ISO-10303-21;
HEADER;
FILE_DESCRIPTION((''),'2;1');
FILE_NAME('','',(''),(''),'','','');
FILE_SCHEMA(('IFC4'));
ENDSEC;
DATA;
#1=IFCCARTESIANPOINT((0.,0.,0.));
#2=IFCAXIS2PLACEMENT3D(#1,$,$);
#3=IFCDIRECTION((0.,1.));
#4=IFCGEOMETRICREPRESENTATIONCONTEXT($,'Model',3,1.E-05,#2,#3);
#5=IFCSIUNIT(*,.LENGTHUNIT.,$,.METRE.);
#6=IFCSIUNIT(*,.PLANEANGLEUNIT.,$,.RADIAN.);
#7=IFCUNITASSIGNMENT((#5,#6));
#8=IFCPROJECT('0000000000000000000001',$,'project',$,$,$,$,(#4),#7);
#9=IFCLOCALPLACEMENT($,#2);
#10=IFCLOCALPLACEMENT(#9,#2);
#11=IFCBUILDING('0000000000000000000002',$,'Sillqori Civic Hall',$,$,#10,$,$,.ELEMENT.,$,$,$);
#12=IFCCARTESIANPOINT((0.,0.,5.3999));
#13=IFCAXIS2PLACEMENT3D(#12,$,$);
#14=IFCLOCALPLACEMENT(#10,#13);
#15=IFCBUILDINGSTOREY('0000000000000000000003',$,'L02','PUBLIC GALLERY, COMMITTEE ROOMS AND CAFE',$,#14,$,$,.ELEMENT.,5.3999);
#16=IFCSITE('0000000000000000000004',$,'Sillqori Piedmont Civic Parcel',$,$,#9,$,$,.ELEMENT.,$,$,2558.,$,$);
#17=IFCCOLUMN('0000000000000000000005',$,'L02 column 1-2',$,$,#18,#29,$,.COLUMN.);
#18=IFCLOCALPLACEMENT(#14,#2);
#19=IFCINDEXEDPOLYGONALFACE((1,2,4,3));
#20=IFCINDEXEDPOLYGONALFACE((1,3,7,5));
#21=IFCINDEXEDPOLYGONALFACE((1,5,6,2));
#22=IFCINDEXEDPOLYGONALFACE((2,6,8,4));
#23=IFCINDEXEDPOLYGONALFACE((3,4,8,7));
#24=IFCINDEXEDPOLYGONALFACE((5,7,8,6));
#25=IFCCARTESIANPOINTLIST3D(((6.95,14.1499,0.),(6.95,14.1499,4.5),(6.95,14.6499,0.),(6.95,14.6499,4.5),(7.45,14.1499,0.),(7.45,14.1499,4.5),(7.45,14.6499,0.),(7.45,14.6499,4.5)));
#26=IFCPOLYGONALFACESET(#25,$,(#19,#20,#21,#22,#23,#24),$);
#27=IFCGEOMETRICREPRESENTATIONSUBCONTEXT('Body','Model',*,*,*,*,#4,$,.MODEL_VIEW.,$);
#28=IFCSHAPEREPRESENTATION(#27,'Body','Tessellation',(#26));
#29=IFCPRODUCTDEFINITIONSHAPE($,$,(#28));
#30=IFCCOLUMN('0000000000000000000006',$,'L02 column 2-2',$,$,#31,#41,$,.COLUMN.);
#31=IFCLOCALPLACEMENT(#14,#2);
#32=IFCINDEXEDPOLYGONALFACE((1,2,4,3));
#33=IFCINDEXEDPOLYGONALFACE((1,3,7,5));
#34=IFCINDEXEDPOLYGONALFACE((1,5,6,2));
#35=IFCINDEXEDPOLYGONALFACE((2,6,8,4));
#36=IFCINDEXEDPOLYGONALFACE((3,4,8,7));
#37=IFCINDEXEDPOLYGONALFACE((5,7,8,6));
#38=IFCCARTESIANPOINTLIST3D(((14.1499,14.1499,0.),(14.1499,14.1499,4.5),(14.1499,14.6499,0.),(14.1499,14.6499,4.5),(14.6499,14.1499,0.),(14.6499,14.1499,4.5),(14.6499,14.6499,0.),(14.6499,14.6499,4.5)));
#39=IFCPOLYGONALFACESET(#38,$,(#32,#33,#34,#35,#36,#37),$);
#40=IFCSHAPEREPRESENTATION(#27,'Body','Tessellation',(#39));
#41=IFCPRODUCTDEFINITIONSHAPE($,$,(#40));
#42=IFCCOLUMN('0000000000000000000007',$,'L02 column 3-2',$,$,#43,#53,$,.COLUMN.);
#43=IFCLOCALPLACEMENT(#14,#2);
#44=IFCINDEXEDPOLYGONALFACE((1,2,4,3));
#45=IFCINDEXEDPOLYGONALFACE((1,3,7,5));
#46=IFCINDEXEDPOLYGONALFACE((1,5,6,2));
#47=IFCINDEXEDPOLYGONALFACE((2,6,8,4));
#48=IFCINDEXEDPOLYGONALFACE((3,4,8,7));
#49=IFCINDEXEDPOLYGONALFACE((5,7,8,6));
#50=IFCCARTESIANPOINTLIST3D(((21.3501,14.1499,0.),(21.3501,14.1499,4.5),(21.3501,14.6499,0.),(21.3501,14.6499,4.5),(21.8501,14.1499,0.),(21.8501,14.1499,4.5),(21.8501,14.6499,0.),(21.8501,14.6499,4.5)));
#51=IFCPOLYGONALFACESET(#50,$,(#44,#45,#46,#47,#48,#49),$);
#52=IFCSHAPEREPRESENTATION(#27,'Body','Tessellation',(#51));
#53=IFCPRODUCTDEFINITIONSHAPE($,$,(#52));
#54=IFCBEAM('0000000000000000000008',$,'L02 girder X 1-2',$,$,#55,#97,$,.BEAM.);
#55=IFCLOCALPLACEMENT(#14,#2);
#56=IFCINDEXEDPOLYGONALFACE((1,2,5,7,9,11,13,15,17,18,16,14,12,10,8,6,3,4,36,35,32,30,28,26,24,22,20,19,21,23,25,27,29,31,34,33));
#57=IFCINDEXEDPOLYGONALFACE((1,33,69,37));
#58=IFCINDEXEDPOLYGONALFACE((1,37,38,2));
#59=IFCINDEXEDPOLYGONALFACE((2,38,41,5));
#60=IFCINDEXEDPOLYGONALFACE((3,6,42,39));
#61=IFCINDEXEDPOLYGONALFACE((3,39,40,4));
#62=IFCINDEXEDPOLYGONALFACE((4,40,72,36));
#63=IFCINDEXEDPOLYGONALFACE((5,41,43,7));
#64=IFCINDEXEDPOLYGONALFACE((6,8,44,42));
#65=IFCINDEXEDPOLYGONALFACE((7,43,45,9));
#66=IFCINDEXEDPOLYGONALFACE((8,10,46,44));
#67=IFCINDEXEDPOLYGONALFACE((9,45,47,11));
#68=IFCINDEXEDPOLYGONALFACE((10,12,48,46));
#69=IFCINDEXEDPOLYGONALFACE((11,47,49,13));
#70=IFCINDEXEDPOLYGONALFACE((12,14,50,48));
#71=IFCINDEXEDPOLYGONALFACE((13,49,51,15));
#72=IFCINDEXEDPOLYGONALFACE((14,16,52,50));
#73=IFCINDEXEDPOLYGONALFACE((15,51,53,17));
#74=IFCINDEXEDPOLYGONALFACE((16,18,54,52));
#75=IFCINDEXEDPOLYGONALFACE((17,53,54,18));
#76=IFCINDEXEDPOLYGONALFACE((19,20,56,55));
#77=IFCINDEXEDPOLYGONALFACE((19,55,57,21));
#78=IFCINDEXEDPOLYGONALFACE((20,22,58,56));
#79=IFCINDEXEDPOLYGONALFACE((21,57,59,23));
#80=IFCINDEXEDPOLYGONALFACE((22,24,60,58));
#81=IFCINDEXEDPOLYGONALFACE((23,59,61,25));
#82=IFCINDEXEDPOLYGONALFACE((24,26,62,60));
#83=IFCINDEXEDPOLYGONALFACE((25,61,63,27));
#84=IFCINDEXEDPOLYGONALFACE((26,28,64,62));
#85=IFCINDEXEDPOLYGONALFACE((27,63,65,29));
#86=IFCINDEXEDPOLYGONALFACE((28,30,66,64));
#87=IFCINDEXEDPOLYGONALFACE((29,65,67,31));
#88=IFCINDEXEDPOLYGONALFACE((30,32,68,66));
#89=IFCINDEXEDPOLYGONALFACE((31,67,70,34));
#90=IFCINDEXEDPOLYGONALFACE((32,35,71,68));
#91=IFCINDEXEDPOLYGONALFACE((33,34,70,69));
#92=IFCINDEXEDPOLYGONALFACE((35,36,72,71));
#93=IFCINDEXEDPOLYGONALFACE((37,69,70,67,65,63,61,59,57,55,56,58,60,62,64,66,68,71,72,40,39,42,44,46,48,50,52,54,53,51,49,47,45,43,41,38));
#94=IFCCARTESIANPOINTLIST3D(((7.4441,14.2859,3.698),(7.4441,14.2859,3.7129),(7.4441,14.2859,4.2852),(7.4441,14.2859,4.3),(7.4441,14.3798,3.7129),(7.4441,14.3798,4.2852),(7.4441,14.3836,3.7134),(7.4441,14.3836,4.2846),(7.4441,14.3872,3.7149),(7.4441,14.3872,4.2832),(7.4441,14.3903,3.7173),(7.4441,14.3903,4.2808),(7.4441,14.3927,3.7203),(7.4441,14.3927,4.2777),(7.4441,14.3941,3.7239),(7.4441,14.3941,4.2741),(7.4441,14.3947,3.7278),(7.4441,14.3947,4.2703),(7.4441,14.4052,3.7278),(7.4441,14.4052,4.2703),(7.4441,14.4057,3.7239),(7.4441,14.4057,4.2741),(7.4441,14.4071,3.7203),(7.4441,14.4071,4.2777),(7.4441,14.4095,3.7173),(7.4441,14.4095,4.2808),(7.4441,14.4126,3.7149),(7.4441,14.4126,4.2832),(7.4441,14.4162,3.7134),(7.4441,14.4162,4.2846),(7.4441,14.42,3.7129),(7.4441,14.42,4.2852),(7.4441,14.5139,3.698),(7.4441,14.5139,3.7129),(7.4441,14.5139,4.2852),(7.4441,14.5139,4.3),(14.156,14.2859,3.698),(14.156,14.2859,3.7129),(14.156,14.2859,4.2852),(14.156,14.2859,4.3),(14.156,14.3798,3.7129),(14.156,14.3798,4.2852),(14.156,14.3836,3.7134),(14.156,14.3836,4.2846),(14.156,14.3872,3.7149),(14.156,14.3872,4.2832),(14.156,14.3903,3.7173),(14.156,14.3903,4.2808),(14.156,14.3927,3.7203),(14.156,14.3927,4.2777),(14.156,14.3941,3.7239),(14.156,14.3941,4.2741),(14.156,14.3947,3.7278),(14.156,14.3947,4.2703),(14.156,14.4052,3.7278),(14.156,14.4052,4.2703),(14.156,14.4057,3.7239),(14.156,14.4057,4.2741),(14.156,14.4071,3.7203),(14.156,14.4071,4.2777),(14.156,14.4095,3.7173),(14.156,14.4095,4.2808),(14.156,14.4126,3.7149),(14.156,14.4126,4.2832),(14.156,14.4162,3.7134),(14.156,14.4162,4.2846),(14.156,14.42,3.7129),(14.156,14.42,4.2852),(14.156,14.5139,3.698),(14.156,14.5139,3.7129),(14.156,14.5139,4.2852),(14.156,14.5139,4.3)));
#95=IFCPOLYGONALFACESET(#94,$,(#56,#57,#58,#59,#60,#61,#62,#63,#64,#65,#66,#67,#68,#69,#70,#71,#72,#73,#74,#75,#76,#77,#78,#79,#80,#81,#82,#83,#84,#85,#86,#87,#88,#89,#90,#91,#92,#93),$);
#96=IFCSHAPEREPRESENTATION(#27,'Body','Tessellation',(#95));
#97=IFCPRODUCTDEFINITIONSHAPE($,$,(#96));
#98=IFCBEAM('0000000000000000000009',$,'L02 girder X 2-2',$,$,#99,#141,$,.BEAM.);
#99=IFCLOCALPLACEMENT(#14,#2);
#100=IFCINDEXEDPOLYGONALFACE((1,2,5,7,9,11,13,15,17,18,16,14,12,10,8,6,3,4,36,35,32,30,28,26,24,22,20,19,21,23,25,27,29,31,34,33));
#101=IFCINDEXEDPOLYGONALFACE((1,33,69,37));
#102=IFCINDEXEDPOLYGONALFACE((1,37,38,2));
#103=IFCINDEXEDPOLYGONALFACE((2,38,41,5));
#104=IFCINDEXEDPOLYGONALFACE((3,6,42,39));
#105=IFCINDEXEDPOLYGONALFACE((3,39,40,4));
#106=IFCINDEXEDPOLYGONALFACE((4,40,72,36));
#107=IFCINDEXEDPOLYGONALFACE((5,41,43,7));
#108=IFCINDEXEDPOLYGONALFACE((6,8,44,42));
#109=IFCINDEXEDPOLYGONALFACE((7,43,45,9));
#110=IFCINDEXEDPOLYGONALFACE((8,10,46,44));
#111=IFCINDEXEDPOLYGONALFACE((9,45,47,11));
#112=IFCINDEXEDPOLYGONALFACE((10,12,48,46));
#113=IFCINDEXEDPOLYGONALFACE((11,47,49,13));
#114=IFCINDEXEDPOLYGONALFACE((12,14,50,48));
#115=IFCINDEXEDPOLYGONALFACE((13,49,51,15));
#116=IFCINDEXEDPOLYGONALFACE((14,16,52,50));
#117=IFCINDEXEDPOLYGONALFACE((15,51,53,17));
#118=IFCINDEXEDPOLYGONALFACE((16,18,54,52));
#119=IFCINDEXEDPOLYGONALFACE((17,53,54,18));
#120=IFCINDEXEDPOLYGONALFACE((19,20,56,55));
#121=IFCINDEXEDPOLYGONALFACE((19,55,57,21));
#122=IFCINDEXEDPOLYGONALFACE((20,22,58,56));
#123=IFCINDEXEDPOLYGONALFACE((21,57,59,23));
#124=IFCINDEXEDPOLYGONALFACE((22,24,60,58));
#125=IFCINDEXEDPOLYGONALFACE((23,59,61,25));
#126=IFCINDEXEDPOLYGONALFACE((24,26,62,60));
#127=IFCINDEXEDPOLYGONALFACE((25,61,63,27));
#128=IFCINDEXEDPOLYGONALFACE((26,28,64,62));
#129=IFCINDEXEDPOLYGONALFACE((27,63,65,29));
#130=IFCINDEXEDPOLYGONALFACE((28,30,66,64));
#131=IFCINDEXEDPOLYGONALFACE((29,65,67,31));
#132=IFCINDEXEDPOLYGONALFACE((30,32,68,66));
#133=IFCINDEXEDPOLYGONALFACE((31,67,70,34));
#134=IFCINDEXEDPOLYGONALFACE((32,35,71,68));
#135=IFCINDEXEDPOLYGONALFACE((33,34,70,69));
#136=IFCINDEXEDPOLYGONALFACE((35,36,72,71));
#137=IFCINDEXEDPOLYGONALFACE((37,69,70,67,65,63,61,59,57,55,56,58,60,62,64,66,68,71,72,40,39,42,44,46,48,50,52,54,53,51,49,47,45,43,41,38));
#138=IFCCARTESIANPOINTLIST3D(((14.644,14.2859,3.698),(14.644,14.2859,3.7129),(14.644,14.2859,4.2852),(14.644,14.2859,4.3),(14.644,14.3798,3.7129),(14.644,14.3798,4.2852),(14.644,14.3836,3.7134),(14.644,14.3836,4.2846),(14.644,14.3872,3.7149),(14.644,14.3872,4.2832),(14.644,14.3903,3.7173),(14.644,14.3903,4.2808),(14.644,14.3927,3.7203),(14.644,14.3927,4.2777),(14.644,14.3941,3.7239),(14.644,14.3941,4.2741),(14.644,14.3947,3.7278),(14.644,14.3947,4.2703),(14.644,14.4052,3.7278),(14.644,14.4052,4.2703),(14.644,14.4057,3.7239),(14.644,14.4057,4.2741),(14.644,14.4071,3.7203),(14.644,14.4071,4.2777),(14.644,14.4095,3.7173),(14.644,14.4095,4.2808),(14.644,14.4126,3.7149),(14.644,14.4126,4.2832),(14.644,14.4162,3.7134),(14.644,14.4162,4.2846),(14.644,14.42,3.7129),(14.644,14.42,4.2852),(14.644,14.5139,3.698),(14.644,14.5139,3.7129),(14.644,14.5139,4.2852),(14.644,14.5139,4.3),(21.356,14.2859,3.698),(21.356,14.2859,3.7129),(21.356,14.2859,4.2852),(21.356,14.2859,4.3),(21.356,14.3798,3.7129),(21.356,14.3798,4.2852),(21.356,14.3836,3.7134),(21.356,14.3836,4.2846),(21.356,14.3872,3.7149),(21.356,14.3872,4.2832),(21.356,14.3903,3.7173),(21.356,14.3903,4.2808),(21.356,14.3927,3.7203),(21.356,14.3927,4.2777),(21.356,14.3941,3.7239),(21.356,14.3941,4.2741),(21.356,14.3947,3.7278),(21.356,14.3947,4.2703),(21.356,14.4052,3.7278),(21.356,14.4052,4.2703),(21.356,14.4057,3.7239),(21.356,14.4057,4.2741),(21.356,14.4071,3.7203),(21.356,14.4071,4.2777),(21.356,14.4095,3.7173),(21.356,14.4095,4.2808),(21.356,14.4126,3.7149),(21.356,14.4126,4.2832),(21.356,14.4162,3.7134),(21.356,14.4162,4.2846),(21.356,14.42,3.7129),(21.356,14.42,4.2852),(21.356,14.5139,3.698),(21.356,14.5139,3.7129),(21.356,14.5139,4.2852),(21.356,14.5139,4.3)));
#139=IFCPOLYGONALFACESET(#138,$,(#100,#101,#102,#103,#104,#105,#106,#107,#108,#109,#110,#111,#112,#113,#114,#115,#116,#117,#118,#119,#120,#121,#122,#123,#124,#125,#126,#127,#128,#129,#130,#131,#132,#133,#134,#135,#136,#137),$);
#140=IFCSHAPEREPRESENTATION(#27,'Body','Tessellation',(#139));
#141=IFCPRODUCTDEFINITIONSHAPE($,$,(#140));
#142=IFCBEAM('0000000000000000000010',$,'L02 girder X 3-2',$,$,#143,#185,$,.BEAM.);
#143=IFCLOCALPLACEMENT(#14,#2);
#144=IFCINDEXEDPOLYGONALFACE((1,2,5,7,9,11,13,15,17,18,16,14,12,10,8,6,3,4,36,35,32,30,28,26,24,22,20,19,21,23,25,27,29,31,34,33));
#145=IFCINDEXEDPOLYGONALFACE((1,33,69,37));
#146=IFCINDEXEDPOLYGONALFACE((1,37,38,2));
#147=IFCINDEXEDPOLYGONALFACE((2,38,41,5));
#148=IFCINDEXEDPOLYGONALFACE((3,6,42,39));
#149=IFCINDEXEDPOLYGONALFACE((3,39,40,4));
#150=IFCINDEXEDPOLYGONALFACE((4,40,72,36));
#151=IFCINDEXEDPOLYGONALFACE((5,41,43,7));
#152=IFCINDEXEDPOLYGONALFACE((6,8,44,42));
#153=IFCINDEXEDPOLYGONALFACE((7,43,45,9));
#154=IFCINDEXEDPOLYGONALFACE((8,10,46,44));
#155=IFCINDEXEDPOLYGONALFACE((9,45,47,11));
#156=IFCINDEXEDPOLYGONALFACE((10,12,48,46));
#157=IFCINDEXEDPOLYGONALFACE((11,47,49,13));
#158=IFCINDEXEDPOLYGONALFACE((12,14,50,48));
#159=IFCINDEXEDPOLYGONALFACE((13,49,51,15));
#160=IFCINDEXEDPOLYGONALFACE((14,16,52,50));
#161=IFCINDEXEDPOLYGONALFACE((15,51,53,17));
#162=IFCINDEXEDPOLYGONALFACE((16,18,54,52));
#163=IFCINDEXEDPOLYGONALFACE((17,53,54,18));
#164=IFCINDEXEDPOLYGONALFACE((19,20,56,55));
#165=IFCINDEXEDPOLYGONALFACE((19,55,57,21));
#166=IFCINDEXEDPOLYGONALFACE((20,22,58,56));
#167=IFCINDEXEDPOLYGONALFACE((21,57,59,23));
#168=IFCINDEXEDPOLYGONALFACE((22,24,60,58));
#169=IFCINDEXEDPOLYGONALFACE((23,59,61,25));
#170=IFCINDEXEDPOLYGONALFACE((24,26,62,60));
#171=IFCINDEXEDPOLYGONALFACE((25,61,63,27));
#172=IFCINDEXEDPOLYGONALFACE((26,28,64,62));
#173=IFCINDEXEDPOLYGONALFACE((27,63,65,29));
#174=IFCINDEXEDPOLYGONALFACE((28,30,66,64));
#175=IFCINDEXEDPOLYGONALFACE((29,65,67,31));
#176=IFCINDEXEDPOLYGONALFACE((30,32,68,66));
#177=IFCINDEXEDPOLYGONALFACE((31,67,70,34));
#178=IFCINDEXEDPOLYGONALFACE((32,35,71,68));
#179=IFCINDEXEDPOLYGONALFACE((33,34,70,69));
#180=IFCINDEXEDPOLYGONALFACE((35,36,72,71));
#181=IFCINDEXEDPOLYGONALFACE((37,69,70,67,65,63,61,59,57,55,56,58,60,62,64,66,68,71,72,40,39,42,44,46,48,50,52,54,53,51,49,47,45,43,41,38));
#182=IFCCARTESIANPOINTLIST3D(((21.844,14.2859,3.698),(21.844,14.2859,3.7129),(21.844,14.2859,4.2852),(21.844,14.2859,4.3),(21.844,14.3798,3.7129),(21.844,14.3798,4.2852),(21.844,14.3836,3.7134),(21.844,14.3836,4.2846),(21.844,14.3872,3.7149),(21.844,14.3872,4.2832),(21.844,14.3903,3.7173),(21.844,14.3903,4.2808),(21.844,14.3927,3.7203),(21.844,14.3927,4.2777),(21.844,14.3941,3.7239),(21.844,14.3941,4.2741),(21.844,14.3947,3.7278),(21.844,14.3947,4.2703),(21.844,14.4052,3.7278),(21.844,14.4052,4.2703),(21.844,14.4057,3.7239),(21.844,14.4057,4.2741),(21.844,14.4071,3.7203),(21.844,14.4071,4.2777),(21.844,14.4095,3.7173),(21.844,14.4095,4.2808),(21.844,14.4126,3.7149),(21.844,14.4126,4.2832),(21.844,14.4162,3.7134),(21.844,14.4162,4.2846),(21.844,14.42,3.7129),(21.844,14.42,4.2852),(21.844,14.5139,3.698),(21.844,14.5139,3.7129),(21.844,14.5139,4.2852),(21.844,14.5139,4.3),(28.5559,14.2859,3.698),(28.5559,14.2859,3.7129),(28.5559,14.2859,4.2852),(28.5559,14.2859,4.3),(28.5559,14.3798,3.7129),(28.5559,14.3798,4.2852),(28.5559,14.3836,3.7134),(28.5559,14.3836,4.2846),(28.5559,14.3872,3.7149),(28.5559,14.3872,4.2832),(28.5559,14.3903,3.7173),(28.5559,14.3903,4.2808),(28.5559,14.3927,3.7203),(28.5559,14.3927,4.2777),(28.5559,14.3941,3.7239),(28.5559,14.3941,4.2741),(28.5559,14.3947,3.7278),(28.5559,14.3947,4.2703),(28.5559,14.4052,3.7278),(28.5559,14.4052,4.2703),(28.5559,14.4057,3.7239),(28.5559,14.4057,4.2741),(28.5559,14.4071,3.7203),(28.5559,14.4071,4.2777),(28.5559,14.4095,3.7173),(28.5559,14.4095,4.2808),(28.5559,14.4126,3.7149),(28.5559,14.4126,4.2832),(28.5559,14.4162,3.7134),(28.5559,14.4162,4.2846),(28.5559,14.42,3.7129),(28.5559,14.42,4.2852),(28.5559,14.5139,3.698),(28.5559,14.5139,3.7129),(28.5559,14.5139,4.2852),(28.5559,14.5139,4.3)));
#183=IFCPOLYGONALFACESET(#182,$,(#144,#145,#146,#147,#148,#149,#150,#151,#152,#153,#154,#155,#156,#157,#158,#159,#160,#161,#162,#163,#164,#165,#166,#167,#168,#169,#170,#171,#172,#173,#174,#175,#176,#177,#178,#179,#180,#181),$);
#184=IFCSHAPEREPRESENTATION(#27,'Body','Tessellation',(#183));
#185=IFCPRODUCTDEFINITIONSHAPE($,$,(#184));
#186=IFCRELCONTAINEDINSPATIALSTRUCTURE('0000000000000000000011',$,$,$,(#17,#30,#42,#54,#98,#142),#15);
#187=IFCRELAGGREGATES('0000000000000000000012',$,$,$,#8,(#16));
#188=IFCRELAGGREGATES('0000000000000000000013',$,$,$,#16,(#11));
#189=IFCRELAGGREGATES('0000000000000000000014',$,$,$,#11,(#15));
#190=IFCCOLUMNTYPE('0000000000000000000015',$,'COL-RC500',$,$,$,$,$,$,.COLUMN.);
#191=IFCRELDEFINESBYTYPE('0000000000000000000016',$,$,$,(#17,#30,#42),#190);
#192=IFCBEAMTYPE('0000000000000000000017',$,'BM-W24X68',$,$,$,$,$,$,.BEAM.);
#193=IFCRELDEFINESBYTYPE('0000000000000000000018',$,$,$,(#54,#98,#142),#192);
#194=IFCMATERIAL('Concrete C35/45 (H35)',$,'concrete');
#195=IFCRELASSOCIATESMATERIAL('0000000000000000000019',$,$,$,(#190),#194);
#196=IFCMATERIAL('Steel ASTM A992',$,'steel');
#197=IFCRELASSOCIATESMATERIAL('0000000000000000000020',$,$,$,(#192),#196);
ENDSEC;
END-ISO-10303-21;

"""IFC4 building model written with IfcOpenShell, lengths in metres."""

from ifc_helpers import new_model, si_unit, direction, frame, origin, origin_2d, place, context, subcontext, project, spatial, rectangle, i_section, extrude, material, material_profile, profile_set, type_object, element, save


model = new_model("IFC4")

# Units and contexts
model_context = context("Model", 3, precision=1e-05, world=origin(), true_north=direction((0.0, 1.0)))
body_context = subcontext(model_context, "Body", "Model", "MODEL_VIEW")
ifc_project = project(units=[si_unit("LENGTHUNIT", "METRE"), si_unit("PLANEANGLEUNIT", "RADIAN")], contexts=[model_context])

# Site, building, storey
site_placement = place(None, origin())
site = spatial("IfcSite", under=ifc_project, at=site_placement, Name="Sillqori Piedmont Civic Parcel", CompositionType="ELEMENT", RefElevation=2558.0)
building_placement = place(site_placement, origin())
building = spatial("IfcBuilding", under=site, at=building_placement, Name="Sillqori Civic Hall", CompositionType="ELEMENT")
storey_placement = place(building_placement, frame((0.0, 0.0, 5.3999)))
storey = spatial("IfcBuildingStorey", under=building, at=storey_placement, Name="L02", Description="PUBLIC GALLERY, COMMITTEE ROOMS AND CAFE", CompositionType="ELEMENT", Elevation=5.3999)

# Columns
ifc_material_1 = material(Name="Concrete C35/45 (H35)", Category="concrete")
ifc_material_profile_1 = material_profile(ifc_material_1, rectangle(XDim=0.5, YDim=0.5, at=origin_2d()), Name="RC 500x500")
ifc_profile_set_1 = profile_set([ifc_material_profile_1], Name="Concrete C35/45 (H35)")
column_type = type_object("IfcColumnType", Name="COL-RC500", PredefinedType="COLUMN", material=ifc_profile_set_1)
for number, where, z_axis, x_axis, name in (
    (1, (7.2, 14.3999, 0.0), (0.0, 0.0, 1.0), (1.0, 0.0, 0.0), "L02 column 1-2"),
    (2, (14.3999, 14.3999, 0.0), (0.0, 0.0, 1.0), (1.0, 0.0, 0.0), "L02 column 2-2"),
    (3, (21.6001, 14.3999, 0.0), (0.0, 0.0, 1.0), (1.0, 0.0, 0.0), "L02 column 3-2"),
):
    element("IfcColumn", number, at=place(storey_placement, frame(where, z_axis=z_axis, x_axis=x_axis)), inside=storey, type_object=column_type, Name=name, PredefinedType="COLUMN", context=body_context, shape_type="SweptSolid", body=[
        extrude(rectangle(XDim=0.5, YDim=0.5, at=origin_2d()), origin(), (0.0, 0.0, 1.0), 4.5),
    ])

# Beams
ifc_material_2 = material(Name="Steel ASTM A992", Category="steel")
ifc_material_profile_2 = material_profile(ifc_material_2, i_section(OverallWidth=0.228, OverallDepth=0.6021, WebThickness=0.0105, FlangeThickness=0.0149, FilletRadius=0.0149, at=origin_2d()), Name="W24X68")
ifc_profile_set_2 = profile_set([ifc_material_profile_2], Name="Steel ASTM A992")
beam_type_1 = type_object("IfcBeamType", Name="BM-W24X68", PredefinedType="BEAM", material=ifc_profile_set_2)
for number, where, z_axis, x_axis, name in (
    (4, (7.4441, 14.3999, 3.999), (1.0, 0.0, 0.0), (0.0, 1.0, 0.0), "L02 girder X 1-2"),
    (5, (14.644, 14.3999, 3.999), (1.0, 0.0, 0.0), (0.0, 1.0, 0.0), "L02 girder X 2-2"),
    (6, (21.844, 14.3999, 3.999), (1.0, 0.0, 0.0), (0.0, 1.0, 0.0), "L02 girder X 3-2"),
):
    element("IfcBeam", number, at=place(storey_placement, frame(where, z_axis=z_axis, x_axis=x_axis)), inside=storey, type_object=beam_type_1, Name=name, PredefinedType="BEAM", context=body_context, shape_type="SweptSolid", body=[
        extrude(i_section(OverallWidth=0.228, OverallDepth=0.6021, WebThickness=0.0105, FlangeThickness=0.0149, FilletRadius=0.0149, at=origin_2d()), origin(), (0.0, 0.0, 1.0), 6.7119),
    ])

save(model, "model.ifc")
